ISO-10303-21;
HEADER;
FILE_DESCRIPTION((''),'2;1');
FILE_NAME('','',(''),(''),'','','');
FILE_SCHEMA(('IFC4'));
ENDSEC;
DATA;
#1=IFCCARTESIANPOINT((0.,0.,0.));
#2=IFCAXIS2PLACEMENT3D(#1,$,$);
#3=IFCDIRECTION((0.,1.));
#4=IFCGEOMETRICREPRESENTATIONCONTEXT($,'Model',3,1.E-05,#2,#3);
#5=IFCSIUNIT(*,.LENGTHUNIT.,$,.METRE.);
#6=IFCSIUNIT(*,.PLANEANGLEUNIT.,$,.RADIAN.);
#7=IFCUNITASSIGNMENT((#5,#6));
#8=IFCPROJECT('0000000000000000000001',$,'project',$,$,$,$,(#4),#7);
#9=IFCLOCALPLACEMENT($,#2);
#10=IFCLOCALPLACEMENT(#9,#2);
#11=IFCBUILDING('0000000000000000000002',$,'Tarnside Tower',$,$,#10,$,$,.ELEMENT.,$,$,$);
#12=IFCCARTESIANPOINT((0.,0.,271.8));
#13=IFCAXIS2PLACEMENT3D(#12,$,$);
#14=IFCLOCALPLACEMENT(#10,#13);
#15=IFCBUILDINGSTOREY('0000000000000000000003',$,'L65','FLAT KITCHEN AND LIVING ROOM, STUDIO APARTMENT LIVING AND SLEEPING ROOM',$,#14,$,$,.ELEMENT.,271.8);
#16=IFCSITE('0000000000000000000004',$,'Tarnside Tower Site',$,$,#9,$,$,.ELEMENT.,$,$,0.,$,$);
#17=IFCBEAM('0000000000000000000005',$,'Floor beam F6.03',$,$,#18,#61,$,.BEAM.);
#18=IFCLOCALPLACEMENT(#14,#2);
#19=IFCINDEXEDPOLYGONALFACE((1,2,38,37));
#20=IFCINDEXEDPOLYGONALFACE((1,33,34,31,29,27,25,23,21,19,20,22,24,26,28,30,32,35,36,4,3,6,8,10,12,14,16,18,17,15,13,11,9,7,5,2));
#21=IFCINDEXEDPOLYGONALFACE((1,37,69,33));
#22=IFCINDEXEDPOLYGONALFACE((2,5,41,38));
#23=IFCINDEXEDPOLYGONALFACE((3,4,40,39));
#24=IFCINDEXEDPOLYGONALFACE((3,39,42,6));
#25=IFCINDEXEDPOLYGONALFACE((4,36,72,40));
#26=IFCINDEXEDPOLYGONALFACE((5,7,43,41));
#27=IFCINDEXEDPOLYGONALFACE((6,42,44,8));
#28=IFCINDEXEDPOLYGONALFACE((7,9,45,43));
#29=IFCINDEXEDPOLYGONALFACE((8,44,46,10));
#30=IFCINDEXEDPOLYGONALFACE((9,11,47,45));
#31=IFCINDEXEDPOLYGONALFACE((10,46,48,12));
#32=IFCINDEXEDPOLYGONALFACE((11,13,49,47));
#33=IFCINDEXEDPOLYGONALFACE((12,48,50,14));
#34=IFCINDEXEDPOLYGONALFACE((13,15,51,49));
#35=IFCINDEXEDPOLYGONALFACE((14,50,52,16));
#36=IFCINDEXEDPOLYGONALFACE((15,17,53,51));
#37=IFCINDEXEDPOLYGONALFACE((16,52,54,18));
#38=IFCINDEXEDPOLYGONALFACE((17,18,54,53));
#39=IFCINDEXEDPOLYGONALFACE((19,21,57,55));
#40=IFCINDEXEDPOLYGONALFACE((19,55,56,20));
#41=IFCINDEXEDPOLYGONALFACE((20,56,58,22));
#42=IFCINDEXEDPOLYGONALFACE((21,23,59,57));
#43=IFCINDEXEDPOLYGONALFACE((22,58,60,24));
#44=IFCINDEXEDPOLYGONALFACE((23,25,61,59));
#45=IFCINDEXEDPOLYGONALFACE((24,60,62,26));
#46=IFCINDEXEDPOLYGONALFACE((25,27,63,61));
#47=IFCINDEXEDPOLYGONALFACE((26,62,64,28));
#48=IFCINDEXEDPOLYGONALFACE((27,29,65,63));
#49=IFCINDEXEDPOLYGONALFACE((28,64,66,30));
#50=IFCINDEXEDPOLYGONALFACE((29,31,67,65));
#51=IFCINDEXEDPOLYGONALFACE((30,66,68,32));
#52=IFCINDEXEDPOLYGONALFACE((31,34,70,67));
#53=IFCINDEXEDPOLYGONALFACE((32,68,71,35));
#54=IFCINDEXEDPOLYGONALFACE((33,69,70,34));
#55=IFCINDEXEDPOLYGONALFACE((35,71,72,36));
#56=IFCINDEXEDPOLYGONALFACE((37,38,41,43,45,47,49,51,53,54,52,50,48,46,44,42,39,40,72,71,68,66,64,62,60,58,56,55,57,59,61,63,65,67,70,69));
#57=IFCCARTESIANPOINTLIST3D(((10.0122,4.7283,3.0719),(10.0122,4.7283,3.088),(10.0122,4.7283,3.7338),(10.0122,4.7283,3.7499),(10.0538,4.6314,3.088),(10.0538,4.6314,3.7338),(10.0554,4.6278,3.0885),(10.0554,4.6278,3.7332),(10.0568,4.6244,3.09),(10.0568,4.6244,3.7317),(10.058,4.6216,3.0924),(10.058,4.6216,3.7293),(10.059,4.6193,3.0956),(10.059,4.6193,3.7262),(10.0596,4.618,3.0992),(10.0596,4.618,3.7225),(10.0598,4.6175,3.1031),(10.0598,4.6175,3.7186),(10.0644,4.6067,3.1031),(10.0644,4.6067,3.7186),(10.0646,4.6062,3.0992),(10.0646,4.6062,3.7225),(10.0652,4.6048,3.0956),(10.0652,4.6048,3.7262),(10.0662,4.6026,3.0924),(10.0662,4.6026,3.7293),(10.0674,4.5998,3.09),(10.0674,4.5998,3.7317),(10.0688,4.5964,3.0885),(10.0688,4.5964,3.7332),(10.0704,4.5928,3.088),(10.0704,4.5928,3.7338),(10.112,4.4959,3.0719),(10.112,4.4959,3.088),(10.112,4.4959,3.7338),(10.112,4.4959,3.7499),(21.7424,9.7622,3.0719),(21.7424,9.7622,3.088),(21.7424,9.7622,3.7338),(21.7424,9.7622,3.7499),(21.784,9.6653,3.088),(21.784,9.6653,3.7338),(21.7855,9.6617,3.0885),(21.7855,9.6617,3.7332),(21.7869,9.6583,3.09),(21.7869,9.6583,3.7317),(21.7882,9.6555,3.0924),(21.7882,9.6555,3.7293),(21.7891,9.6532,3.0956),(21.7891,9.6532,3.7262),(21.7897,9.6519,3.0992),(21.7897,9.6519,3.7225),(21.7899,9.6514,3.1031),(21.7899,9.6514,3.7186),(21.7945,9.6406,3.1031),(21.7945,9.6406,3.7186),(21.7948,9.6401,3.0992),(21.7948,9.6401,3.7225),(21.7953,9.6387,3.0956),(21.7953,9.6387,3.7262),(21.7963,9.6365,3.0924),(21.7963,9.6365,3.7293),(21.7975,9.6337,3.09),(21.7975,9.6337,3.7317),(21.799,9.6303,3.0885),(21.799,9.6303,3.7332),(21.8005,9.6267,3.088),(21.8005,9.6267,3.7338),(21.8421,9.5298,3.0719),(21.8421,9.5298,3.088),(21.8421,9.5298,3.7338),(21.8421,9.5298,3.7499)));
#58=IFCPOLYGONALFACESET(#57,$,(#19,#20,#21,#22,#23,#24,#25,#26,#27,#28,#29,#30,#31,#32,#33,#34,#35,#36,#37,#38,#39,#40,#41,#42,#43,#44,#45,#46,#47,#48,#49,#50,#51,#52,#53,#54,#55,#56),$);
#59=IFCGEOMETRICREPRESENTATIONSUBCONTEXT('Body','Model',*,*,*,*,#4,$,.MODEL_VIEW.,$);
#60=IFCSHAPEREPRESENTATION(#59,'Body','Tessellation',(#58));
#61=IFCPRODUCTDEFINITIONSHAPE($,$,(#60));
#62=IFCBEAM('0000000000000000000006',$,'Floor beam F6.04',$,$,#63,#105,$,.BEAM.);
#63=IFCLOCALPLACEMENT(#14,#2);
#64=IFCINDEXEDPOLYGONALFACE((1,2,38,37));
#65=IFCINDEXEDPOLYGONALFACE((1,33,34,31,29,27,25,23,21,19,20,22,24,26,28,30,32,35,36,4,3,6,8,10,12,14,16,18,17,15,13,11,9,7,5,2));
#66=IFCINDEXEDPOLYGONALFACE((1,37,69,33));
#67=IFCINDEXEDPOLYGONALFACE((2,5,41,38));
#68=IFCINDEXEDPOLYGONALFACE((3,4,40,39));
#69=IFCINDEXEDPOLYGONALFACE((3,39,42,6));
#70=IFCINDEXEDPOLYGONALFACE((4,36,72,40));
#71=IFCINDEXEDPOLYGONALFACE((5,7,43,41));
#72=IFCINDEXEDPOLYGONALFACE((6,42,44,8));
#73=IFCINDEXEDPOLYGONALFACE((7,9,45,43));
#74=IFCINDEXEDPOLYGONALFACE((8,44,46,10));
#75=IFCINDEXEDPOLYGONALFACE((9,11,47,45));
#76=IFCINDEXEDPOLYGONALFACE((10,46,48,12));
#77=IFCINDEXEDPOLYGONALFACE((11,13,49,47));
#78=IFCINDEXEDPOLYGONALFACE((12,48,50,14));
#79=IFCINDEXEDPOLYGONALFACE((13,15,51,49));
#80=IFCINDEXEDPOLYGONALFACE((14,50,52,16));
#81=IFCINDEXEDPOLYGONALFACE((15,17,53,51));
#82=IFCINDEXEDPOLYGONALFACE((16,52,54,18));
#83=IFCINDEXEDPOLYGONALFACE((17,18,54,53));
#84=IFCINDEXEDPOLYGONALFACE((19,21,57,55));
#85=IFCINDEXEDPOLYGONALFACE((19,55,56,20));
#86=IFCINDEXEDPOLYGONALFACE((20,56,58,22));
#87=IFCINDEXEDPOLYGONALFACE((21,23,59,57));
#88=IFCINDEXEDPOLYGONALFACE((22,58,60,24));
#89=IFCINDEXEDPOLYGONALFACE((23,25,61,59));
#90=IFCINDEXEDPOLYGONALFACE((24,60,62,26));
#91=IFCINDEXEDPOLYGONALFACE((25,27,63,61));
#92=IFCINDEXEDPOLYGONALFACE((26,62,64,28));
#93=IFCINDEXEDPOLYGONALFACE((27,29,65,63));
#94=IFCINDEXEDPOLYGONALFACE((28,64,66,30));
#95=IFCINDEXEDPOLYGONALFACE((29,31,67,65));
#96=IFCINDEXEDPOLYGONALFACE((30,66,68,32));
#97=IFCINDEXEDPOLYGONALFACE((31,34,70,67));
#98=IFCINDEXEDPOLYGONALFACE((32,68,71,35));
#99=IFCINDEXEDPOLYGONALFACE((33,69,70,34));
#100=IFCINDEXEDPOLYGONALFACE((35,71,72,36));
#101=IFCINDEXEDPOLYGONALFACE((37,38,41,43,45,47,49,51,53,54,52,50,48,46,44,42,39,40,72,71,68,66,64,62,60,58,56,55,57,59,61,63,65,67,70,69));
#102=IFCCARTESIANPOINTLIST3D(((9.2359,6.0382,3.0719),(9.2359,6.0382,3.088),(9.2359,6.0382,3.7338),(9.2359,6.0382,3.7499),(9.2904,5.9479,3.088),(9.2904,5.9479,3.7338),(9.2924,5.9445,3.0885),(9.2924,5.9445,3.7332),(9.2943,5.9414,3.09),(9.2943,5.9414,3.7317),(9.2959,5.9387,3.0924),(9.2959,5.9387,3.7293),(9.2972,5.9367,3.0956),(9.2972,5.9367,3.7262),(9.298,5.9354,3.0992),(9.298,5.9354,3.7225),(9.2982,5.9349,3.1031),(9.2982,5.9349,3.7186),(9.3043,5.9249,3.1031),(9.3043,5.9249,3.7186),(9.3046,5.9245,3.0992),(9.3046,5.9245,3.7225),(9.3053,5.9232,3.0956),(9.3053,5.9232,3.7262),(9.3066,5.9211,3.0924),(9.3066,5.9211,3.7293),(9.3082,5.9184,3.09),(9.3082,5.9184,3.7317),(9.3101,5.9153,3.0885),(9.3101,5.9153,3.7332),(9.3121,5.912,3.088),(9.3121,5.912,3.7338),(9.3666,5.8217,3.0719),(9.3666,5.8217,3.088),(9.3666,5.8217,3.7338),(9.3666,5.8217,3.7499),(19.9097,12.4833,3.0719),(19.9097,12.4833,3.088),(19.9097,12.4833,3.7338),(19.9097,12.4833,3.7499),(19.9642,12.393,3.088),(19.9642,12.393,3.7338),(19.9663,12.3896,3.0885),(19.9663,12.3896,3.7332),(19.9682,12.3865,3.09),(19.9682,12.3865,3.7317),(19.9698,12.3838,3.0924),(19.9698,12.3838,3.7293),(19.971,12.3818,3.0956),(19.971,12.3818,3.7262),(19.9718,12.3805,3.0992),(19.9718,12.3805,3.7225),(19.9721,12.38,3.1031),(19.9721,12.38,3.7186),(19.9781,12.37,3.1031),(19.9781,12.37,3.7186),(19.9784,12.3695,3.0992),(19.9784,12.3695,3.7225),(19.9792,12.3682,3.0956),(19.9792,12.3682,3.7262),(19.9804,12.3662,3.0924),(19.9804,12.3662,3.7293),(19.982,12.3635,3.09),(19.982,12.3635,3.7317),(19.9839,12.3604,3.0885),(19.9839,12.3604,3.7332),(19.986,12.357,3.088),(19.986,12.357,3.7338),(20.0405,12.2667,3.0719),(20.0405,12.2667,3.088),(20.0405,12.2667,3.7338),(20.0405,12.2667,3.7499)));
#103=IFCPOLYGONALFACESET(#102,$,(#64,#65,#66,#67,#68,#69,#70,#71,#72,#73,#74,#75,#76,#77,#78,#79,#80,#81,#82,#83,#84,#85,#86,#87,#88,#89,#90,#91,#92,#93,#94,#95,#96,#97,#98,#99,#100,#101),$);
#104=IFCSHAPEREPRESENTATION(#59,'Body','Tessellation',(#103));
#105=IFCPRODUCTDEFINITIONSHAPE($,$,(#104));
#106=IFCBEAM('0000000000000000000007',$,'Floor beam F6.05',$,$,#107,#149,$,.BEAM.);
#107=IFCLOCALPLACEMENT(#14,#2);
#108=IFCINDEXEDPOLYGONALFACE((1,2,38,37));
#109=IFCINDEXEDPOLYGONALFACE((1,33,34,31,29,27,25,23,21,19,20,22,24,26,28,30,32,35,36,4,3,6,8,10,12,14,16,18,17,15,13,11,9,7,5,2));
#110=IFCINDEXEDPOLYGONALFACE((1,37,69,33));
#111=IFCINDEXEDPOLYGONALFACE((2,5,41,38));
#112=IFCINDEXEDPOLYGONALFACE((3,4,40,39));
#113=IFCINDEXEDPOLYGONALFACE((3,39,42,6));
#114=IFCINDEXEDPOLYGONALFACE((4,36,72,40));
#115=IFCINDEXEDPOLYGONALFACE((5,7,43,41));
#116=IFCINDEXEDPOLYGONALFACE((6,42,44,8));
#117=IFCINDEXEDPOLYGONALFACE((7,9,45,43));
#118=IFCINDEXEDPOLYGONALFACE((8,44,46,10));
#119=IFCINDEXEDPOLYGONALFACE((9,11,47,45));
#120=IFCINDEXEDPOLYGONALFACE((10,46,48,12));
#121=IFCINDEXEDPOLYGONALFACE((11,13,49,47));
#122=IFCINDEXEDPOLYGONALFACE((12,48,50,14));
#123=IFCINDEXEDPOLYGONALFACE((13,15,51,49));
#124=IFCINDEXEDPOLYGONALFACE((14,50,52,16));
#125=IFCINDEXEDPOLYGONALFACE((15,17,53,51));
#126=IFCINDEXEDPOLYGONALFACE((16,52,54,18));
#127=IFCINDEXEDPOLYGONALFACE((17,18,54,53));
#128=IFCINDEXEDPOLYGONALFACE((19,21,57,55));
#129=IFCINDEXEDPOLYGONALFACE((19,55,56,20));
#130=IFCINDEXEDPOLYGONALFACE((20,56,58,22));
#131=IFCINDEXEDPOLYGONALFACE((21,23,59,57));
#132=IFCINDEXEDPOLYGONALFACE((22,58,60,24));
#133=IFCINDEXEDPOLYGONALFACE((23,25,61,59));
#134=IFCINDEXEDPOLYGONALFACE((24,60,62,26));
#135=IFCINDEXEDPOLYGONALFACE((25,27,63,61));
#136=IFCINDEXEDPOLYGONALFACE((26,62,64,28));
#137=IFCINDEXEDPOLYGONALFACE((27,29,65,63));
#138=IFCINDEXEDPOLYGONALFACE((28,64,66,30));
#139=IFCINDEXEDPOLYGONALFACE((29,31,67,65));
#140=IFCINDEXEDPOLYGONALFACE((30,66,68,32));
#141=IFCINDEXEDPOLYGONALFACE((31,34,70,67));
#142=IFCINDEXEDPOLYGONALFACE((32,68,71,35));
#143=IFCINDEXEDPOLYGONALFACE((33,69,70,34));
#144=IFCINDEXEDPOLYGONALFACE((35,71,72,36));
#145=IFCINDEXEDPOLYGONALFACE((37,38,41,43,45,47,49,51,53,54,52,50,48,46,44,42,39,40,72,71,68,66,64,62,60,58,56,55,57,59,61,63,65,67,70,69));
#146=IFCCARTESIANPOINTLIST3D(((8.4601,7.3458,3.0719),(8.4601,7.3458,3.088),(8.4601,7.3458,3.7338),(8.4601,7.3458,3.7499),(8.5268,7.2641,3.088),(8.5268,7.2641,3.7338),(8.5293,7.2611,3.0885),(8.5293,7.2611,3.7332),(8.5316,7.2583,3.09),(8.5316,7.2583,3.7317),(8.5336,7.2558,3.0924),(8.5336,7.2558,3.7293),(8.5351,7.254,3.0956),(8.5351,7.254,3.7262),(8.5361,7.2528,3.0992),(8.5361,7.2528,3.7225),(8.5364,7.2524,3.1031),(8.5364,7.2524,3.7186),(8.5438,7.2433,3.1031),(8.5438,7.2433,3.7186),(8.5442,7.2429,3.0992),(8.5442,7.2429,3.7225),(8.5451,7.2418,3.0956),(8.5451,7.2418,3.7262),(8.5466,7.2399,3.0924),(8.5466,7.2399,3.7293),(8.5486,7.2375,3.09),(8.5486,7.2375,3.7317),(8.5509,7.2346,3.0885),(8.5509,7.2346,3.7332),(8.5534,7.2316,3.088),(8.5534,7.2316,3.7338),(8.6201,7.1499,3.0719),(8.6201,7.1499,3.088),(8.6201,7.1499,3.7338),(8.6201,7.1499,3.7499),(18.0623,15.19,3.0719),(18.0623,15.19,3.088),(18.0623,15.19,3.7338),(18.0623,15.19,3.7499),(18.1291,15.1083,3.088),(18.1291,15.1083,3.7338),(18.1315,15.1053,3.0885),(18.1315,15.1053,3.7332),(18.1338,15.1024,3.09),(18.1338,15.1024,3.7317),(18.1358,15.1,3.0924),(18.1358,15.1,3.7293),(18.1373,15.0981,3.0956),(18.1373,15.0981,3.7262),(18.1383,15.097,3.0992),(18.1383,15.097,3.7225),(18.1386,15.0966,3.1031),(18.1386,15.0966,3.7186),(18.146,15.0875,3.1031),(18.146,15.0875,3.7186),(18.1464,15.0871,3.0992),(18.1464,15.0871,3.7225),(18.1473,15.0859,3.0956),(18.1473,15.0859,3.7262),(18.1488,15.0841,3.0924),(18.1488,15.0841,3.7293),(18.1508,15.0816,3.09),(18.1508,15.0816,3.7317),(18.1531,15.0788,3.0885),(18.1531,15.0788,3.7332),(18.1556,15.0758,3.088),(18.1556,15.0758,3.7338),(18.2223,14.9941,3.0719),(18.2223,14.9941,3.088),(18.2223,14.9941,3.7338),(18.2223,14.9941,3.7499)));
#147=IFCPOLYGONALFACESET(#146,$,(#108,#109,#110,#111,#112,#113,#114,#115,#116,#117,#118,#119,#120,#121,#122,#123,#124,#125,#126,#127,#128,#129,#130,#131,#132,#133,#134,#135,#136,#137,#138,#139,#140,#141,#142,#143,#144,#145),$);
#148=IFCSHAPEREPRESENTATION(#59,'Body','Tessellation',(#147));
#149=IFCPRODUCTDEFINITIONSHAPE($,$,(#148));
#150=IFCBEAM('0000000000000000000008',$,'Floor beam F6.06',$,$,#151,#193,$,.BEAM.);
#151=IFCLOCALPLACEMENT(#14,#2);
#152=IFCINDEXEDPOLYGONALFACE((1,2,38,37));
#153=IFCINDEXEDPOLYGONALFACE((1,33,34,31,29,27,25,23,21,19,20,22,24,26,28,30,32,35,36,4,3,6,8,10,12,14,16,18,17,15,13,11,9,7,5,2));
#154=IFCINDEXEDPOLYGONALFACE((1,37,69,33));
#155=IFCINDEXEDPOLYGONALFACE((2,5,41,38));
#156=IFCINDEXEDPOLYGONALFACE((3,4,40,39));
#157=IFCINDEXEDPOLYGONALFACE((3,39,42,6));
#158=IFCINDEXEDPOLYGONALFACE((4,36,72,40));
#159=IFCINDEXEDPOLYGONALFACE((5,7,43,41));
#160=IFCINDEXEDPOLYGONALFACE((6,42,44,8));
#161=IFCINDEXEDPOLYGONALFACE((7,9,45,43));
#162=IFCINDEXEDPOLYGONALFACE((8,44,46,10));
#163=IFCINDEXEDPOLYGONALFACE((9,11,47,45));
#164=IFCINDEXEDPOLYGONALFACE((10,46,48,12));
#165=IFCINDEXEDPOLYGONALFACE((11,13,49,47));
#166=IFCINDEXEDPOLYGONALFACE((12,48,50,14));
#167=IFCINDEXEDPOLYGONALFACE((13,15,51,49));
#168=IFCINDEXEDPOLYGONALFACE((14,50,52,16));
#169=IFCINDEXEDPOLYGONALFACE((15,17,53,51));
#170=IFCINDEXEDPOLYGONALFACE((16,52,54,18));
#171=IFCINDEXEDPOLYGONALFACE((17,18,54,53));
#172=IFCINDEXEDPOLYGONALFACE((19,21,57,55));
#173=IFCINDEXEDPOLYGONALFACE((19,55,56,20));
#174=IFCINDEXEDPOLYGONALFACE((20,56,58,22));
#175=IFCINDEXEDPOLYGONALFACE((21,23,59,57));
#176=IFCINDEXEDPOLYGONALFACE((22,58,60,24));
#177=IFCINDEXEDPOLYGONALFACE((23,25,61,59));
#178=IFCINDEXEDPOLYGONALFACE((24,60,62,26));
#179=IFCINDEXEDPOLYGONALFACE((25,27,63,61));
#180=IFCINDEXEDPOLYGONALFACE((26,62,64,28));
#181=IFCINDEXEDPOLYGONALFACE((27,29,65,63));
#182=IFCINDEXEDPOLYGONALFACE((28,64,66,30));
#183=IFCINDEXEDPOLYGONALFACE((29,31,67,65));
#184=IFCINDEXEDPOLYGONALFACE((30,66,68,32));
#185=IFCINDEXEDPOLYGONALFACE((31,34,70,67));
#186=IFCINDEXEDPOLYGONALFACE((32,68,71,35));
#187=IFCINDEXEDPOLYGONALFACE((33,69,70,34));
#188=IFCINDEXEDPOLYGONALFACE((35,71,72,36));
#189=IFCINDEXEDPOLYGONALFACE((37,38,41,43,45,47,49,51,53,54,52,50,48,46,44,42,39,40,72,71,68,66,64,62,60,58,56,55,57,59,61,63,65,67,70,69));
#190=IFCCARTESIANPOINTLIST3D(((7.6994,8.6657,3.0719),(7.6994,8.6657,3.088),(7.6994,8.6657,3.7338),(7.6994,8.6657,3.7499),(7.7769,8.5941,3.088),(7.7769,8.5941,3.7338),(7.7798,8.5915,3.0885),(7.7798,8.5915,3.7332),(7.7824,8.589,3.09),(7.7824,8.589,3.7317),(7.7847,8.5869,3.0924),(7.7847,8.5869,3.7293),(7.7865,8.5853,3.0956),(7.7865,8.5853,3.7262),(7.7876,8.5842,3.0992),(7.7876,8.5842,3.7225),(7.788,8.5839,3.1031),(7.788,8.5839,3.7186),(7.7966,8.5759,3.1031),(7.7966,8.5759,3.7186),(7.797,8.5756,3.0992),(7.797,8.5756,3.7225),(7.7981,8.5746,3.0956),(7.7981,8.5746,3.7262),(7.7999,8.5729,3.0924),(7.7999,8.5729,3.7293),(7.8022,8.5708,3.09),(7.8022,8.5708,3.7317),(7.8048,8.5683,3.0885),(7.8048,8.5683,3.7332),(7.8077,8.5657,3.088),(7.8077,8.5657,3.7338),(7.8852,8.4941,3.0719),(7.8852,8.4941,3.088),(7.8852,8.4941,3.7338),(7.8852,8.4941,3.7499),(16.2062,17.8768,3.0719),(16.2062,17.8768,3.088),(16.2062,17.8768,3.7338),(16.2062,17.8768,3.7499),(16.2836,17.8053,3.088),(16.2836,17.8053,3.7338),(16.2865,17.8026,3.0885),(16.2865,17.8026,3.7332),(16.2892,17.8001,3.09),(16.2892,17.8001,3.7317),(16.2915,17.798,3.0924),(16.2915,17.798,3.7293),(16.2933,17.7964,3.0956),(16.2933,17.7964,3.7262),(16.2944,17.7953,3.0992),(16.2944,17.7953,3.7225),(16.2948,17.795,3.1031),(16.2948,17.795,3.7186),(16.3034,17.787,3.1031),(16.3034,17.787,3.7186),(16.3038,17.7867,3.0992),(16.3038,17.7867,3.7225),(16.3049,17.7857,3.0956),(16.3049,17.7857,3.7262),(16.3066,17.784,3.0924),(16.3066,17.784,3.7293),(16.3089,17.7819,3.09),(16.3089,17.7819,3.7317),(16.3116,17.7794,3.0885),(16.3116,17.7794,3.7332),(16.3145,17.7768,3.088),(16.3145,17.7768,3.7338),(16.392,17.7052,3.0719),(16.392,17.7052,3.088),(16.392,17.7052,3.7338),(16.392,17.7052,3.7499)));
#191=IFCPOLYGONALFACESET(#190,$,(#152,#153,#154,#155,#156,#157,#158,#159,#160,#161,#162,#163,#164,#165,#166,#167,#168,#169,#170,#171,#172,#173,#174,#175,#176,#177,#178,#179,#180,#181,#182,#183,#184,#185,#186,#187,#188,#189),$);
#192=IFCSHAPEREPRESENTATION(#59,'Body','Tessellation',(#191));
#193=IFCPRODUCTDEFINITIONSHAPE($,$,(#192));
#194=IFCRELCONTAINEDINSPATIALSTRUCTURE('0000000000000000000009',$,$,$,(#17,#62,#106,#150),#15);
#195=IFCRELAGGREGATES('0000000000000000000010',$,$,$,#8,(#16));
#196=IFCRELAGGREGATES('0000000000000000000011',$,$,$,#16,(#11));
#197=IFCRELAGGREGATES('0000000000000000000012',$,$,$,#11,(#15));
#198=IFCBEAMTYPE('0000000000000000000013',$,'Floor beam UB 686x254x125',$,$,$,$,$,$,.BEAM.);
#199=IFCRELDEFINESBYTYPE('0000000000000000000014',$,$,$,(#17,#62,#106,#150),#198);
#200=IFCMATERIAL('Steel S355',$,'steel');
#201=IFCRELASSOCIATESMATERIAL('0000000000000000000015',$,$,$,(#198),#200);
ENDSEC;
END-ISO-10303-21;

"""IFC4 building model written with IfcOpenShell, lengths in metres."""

from ifc_helpers import new_model, si_unit, direction, frame, origin, origin_2d, place, context, subcontext, project, spatial, i_section, extrude, material, material_profile, profile_set, type_object, element, save


model = new_model("IFC4")

# Units and contexts
model_context = context("Model", 3, precision=1e-05, world=origin(), true_north=direction((0.0, 1.0)))
body_context = subcontext(model_context, "Body", "Model", "MODEL_VIEW")
ifc_project = project(units=[si_unit("LENGTHUNIT", "METRE"), si_unit("PLANEANGLEUNIT", "RADIAN")], contexts=[model_context])

# Site, building, storey
site_placement = place(None, origin())
site = spatial("IfcSite", under=ifc_project, at=site_placement, Name="Tarnside Tower Site", CompositionType="ELEMENT", RefElevation=0.0)
building_placement = place(site_placement, origin())
building = spatial("IfcBuilding", under=site, at=building_placement, Name="Tarnside Tower", CompositionType="ELEMENT")
storey_placement = place(building_placement, frame((0.0, 0.0, 271.8)))
storey = spatial("IfcBuildingStorey", under=building, at=storey_placement, Name="L65", Description="FLAT KITCHEN AND LIVING ROOM, STUDIO APARTMENT LIVING AND SLEEPING ROOM", CompositionType="ELEMENT", Elevation=271.8)

# Beams
ifc_material_1 = material(Name="Steel S355", Category="steel")
ifc_material_profile_1 = material_profile(ifc_material_1, i_section(OverallWidth=0.2529, OverallDepth=0.678, WebThickness=0.0117, FlangeThickness=0.0161, FilletRadius=0.0151, at=origin_2d()), Name="UB 686x254x125")
ifc_profile_set_1 = profile_set([ifc_material_profile_1], Name="Steel S355")
beam_type_1 = type_object("IfcBeamType", Name="Floor beam UB 686x254x125", PredefinedType="BEAM", material=ifc_profile_set_1)
beam_1_placement = place(storey_placement, frame((21.7922, 9.646, 3.4109), z_axis=(-0.918955, -0.394362, 0.0), x_axis=(0.394362, -0.918955, 0.0)))
element("IfcBeam", 1, at=beam_1_placement, inside=storey, type_object=beam_type_1, Name="Floor beam F6.03", PredefinedType="BEAM", context=body_context, shape_type="SweptSolid", body=[
    extrude(i_section(OverallWidth=0.2529, OverallDepth=0.678, WebThickness=0.0117, FlangeThickness=0.0161, FilletRadius=0.0151, at=origin_2d()), origin(), (0.0, 0.0, 1.0), 12.7646),
])
beam_2_placement = place(storey_placement, frame((19.9751, 12.375, 3.4109), z_axis=(-0.856047, -0.516898, 0.0), x_axis=(0.516898, -0.856047, 0.0)))
element("IfcBeam", 2, at=beam_2_placement, inside=storey, type_object=beam_type_1, Name="Floor beam F6.04", PredefinedType="BEAM", context=body_context, shape_type="SweptSolid", body=[
    extrude(i_section(OverallWidth=0.2529, OverallDepth=0.678, WebThickness=0.0117, FlangeThickness=0.0161, FilletRadius=0.0151, at=origin_2d()), origin(), (0.0, 0.0, 1.0), 12.4688),
])
beam_3_placement = place(storey_placement, frame((18.1423, 15.092, 3.4109), z_axis=(-0.774439, -0.632649, 0.0), x_axis=(0.632649, -0.774439, 0.0)))
element("IfcBeam", 3, at=beam_3_placement, inside=storey, type_object=beam_type_1, Name="Floor beam F6.05", PredefinedType="BEAM", context=body_context, shape_type="SweptSolid", body=[
    extrude(i_section(OverallWidth=0.2529, OverallDepth=0.678, WebThickness=0.0117, FlangeThickness=0.0161, FilletRadius=0.0151, at=origin_2d()), origin(), (0.0, 0.0, 1.0), 12.3989),
])
beam_4_placement = place(storey_placement, frame((16.2991, 17.791, 3.4109), z_axis=(-0.678461, -0.734636, 0.0), x_axis=(0.734636, -0.678461, 0.0)))
element("IfcBeam", 4, at=beam_4_placement, inside=storey, type_object=beam_type_1, Name="Floor beam F6.06", PredefinedType="BEAM", context=body_context, shape_type="SweptSolid", body=[
    extrude(i_section(OverallWidth=0.2529, OverallDepth=0.678, WebThickness=0.0117, FlangeThickness=0.0161, FilletRadius=0.0151, at=origin_2d()), origin(), (0.0, 0.0, 1.0), 12.5383),
])

save(model, "model.ifc")
